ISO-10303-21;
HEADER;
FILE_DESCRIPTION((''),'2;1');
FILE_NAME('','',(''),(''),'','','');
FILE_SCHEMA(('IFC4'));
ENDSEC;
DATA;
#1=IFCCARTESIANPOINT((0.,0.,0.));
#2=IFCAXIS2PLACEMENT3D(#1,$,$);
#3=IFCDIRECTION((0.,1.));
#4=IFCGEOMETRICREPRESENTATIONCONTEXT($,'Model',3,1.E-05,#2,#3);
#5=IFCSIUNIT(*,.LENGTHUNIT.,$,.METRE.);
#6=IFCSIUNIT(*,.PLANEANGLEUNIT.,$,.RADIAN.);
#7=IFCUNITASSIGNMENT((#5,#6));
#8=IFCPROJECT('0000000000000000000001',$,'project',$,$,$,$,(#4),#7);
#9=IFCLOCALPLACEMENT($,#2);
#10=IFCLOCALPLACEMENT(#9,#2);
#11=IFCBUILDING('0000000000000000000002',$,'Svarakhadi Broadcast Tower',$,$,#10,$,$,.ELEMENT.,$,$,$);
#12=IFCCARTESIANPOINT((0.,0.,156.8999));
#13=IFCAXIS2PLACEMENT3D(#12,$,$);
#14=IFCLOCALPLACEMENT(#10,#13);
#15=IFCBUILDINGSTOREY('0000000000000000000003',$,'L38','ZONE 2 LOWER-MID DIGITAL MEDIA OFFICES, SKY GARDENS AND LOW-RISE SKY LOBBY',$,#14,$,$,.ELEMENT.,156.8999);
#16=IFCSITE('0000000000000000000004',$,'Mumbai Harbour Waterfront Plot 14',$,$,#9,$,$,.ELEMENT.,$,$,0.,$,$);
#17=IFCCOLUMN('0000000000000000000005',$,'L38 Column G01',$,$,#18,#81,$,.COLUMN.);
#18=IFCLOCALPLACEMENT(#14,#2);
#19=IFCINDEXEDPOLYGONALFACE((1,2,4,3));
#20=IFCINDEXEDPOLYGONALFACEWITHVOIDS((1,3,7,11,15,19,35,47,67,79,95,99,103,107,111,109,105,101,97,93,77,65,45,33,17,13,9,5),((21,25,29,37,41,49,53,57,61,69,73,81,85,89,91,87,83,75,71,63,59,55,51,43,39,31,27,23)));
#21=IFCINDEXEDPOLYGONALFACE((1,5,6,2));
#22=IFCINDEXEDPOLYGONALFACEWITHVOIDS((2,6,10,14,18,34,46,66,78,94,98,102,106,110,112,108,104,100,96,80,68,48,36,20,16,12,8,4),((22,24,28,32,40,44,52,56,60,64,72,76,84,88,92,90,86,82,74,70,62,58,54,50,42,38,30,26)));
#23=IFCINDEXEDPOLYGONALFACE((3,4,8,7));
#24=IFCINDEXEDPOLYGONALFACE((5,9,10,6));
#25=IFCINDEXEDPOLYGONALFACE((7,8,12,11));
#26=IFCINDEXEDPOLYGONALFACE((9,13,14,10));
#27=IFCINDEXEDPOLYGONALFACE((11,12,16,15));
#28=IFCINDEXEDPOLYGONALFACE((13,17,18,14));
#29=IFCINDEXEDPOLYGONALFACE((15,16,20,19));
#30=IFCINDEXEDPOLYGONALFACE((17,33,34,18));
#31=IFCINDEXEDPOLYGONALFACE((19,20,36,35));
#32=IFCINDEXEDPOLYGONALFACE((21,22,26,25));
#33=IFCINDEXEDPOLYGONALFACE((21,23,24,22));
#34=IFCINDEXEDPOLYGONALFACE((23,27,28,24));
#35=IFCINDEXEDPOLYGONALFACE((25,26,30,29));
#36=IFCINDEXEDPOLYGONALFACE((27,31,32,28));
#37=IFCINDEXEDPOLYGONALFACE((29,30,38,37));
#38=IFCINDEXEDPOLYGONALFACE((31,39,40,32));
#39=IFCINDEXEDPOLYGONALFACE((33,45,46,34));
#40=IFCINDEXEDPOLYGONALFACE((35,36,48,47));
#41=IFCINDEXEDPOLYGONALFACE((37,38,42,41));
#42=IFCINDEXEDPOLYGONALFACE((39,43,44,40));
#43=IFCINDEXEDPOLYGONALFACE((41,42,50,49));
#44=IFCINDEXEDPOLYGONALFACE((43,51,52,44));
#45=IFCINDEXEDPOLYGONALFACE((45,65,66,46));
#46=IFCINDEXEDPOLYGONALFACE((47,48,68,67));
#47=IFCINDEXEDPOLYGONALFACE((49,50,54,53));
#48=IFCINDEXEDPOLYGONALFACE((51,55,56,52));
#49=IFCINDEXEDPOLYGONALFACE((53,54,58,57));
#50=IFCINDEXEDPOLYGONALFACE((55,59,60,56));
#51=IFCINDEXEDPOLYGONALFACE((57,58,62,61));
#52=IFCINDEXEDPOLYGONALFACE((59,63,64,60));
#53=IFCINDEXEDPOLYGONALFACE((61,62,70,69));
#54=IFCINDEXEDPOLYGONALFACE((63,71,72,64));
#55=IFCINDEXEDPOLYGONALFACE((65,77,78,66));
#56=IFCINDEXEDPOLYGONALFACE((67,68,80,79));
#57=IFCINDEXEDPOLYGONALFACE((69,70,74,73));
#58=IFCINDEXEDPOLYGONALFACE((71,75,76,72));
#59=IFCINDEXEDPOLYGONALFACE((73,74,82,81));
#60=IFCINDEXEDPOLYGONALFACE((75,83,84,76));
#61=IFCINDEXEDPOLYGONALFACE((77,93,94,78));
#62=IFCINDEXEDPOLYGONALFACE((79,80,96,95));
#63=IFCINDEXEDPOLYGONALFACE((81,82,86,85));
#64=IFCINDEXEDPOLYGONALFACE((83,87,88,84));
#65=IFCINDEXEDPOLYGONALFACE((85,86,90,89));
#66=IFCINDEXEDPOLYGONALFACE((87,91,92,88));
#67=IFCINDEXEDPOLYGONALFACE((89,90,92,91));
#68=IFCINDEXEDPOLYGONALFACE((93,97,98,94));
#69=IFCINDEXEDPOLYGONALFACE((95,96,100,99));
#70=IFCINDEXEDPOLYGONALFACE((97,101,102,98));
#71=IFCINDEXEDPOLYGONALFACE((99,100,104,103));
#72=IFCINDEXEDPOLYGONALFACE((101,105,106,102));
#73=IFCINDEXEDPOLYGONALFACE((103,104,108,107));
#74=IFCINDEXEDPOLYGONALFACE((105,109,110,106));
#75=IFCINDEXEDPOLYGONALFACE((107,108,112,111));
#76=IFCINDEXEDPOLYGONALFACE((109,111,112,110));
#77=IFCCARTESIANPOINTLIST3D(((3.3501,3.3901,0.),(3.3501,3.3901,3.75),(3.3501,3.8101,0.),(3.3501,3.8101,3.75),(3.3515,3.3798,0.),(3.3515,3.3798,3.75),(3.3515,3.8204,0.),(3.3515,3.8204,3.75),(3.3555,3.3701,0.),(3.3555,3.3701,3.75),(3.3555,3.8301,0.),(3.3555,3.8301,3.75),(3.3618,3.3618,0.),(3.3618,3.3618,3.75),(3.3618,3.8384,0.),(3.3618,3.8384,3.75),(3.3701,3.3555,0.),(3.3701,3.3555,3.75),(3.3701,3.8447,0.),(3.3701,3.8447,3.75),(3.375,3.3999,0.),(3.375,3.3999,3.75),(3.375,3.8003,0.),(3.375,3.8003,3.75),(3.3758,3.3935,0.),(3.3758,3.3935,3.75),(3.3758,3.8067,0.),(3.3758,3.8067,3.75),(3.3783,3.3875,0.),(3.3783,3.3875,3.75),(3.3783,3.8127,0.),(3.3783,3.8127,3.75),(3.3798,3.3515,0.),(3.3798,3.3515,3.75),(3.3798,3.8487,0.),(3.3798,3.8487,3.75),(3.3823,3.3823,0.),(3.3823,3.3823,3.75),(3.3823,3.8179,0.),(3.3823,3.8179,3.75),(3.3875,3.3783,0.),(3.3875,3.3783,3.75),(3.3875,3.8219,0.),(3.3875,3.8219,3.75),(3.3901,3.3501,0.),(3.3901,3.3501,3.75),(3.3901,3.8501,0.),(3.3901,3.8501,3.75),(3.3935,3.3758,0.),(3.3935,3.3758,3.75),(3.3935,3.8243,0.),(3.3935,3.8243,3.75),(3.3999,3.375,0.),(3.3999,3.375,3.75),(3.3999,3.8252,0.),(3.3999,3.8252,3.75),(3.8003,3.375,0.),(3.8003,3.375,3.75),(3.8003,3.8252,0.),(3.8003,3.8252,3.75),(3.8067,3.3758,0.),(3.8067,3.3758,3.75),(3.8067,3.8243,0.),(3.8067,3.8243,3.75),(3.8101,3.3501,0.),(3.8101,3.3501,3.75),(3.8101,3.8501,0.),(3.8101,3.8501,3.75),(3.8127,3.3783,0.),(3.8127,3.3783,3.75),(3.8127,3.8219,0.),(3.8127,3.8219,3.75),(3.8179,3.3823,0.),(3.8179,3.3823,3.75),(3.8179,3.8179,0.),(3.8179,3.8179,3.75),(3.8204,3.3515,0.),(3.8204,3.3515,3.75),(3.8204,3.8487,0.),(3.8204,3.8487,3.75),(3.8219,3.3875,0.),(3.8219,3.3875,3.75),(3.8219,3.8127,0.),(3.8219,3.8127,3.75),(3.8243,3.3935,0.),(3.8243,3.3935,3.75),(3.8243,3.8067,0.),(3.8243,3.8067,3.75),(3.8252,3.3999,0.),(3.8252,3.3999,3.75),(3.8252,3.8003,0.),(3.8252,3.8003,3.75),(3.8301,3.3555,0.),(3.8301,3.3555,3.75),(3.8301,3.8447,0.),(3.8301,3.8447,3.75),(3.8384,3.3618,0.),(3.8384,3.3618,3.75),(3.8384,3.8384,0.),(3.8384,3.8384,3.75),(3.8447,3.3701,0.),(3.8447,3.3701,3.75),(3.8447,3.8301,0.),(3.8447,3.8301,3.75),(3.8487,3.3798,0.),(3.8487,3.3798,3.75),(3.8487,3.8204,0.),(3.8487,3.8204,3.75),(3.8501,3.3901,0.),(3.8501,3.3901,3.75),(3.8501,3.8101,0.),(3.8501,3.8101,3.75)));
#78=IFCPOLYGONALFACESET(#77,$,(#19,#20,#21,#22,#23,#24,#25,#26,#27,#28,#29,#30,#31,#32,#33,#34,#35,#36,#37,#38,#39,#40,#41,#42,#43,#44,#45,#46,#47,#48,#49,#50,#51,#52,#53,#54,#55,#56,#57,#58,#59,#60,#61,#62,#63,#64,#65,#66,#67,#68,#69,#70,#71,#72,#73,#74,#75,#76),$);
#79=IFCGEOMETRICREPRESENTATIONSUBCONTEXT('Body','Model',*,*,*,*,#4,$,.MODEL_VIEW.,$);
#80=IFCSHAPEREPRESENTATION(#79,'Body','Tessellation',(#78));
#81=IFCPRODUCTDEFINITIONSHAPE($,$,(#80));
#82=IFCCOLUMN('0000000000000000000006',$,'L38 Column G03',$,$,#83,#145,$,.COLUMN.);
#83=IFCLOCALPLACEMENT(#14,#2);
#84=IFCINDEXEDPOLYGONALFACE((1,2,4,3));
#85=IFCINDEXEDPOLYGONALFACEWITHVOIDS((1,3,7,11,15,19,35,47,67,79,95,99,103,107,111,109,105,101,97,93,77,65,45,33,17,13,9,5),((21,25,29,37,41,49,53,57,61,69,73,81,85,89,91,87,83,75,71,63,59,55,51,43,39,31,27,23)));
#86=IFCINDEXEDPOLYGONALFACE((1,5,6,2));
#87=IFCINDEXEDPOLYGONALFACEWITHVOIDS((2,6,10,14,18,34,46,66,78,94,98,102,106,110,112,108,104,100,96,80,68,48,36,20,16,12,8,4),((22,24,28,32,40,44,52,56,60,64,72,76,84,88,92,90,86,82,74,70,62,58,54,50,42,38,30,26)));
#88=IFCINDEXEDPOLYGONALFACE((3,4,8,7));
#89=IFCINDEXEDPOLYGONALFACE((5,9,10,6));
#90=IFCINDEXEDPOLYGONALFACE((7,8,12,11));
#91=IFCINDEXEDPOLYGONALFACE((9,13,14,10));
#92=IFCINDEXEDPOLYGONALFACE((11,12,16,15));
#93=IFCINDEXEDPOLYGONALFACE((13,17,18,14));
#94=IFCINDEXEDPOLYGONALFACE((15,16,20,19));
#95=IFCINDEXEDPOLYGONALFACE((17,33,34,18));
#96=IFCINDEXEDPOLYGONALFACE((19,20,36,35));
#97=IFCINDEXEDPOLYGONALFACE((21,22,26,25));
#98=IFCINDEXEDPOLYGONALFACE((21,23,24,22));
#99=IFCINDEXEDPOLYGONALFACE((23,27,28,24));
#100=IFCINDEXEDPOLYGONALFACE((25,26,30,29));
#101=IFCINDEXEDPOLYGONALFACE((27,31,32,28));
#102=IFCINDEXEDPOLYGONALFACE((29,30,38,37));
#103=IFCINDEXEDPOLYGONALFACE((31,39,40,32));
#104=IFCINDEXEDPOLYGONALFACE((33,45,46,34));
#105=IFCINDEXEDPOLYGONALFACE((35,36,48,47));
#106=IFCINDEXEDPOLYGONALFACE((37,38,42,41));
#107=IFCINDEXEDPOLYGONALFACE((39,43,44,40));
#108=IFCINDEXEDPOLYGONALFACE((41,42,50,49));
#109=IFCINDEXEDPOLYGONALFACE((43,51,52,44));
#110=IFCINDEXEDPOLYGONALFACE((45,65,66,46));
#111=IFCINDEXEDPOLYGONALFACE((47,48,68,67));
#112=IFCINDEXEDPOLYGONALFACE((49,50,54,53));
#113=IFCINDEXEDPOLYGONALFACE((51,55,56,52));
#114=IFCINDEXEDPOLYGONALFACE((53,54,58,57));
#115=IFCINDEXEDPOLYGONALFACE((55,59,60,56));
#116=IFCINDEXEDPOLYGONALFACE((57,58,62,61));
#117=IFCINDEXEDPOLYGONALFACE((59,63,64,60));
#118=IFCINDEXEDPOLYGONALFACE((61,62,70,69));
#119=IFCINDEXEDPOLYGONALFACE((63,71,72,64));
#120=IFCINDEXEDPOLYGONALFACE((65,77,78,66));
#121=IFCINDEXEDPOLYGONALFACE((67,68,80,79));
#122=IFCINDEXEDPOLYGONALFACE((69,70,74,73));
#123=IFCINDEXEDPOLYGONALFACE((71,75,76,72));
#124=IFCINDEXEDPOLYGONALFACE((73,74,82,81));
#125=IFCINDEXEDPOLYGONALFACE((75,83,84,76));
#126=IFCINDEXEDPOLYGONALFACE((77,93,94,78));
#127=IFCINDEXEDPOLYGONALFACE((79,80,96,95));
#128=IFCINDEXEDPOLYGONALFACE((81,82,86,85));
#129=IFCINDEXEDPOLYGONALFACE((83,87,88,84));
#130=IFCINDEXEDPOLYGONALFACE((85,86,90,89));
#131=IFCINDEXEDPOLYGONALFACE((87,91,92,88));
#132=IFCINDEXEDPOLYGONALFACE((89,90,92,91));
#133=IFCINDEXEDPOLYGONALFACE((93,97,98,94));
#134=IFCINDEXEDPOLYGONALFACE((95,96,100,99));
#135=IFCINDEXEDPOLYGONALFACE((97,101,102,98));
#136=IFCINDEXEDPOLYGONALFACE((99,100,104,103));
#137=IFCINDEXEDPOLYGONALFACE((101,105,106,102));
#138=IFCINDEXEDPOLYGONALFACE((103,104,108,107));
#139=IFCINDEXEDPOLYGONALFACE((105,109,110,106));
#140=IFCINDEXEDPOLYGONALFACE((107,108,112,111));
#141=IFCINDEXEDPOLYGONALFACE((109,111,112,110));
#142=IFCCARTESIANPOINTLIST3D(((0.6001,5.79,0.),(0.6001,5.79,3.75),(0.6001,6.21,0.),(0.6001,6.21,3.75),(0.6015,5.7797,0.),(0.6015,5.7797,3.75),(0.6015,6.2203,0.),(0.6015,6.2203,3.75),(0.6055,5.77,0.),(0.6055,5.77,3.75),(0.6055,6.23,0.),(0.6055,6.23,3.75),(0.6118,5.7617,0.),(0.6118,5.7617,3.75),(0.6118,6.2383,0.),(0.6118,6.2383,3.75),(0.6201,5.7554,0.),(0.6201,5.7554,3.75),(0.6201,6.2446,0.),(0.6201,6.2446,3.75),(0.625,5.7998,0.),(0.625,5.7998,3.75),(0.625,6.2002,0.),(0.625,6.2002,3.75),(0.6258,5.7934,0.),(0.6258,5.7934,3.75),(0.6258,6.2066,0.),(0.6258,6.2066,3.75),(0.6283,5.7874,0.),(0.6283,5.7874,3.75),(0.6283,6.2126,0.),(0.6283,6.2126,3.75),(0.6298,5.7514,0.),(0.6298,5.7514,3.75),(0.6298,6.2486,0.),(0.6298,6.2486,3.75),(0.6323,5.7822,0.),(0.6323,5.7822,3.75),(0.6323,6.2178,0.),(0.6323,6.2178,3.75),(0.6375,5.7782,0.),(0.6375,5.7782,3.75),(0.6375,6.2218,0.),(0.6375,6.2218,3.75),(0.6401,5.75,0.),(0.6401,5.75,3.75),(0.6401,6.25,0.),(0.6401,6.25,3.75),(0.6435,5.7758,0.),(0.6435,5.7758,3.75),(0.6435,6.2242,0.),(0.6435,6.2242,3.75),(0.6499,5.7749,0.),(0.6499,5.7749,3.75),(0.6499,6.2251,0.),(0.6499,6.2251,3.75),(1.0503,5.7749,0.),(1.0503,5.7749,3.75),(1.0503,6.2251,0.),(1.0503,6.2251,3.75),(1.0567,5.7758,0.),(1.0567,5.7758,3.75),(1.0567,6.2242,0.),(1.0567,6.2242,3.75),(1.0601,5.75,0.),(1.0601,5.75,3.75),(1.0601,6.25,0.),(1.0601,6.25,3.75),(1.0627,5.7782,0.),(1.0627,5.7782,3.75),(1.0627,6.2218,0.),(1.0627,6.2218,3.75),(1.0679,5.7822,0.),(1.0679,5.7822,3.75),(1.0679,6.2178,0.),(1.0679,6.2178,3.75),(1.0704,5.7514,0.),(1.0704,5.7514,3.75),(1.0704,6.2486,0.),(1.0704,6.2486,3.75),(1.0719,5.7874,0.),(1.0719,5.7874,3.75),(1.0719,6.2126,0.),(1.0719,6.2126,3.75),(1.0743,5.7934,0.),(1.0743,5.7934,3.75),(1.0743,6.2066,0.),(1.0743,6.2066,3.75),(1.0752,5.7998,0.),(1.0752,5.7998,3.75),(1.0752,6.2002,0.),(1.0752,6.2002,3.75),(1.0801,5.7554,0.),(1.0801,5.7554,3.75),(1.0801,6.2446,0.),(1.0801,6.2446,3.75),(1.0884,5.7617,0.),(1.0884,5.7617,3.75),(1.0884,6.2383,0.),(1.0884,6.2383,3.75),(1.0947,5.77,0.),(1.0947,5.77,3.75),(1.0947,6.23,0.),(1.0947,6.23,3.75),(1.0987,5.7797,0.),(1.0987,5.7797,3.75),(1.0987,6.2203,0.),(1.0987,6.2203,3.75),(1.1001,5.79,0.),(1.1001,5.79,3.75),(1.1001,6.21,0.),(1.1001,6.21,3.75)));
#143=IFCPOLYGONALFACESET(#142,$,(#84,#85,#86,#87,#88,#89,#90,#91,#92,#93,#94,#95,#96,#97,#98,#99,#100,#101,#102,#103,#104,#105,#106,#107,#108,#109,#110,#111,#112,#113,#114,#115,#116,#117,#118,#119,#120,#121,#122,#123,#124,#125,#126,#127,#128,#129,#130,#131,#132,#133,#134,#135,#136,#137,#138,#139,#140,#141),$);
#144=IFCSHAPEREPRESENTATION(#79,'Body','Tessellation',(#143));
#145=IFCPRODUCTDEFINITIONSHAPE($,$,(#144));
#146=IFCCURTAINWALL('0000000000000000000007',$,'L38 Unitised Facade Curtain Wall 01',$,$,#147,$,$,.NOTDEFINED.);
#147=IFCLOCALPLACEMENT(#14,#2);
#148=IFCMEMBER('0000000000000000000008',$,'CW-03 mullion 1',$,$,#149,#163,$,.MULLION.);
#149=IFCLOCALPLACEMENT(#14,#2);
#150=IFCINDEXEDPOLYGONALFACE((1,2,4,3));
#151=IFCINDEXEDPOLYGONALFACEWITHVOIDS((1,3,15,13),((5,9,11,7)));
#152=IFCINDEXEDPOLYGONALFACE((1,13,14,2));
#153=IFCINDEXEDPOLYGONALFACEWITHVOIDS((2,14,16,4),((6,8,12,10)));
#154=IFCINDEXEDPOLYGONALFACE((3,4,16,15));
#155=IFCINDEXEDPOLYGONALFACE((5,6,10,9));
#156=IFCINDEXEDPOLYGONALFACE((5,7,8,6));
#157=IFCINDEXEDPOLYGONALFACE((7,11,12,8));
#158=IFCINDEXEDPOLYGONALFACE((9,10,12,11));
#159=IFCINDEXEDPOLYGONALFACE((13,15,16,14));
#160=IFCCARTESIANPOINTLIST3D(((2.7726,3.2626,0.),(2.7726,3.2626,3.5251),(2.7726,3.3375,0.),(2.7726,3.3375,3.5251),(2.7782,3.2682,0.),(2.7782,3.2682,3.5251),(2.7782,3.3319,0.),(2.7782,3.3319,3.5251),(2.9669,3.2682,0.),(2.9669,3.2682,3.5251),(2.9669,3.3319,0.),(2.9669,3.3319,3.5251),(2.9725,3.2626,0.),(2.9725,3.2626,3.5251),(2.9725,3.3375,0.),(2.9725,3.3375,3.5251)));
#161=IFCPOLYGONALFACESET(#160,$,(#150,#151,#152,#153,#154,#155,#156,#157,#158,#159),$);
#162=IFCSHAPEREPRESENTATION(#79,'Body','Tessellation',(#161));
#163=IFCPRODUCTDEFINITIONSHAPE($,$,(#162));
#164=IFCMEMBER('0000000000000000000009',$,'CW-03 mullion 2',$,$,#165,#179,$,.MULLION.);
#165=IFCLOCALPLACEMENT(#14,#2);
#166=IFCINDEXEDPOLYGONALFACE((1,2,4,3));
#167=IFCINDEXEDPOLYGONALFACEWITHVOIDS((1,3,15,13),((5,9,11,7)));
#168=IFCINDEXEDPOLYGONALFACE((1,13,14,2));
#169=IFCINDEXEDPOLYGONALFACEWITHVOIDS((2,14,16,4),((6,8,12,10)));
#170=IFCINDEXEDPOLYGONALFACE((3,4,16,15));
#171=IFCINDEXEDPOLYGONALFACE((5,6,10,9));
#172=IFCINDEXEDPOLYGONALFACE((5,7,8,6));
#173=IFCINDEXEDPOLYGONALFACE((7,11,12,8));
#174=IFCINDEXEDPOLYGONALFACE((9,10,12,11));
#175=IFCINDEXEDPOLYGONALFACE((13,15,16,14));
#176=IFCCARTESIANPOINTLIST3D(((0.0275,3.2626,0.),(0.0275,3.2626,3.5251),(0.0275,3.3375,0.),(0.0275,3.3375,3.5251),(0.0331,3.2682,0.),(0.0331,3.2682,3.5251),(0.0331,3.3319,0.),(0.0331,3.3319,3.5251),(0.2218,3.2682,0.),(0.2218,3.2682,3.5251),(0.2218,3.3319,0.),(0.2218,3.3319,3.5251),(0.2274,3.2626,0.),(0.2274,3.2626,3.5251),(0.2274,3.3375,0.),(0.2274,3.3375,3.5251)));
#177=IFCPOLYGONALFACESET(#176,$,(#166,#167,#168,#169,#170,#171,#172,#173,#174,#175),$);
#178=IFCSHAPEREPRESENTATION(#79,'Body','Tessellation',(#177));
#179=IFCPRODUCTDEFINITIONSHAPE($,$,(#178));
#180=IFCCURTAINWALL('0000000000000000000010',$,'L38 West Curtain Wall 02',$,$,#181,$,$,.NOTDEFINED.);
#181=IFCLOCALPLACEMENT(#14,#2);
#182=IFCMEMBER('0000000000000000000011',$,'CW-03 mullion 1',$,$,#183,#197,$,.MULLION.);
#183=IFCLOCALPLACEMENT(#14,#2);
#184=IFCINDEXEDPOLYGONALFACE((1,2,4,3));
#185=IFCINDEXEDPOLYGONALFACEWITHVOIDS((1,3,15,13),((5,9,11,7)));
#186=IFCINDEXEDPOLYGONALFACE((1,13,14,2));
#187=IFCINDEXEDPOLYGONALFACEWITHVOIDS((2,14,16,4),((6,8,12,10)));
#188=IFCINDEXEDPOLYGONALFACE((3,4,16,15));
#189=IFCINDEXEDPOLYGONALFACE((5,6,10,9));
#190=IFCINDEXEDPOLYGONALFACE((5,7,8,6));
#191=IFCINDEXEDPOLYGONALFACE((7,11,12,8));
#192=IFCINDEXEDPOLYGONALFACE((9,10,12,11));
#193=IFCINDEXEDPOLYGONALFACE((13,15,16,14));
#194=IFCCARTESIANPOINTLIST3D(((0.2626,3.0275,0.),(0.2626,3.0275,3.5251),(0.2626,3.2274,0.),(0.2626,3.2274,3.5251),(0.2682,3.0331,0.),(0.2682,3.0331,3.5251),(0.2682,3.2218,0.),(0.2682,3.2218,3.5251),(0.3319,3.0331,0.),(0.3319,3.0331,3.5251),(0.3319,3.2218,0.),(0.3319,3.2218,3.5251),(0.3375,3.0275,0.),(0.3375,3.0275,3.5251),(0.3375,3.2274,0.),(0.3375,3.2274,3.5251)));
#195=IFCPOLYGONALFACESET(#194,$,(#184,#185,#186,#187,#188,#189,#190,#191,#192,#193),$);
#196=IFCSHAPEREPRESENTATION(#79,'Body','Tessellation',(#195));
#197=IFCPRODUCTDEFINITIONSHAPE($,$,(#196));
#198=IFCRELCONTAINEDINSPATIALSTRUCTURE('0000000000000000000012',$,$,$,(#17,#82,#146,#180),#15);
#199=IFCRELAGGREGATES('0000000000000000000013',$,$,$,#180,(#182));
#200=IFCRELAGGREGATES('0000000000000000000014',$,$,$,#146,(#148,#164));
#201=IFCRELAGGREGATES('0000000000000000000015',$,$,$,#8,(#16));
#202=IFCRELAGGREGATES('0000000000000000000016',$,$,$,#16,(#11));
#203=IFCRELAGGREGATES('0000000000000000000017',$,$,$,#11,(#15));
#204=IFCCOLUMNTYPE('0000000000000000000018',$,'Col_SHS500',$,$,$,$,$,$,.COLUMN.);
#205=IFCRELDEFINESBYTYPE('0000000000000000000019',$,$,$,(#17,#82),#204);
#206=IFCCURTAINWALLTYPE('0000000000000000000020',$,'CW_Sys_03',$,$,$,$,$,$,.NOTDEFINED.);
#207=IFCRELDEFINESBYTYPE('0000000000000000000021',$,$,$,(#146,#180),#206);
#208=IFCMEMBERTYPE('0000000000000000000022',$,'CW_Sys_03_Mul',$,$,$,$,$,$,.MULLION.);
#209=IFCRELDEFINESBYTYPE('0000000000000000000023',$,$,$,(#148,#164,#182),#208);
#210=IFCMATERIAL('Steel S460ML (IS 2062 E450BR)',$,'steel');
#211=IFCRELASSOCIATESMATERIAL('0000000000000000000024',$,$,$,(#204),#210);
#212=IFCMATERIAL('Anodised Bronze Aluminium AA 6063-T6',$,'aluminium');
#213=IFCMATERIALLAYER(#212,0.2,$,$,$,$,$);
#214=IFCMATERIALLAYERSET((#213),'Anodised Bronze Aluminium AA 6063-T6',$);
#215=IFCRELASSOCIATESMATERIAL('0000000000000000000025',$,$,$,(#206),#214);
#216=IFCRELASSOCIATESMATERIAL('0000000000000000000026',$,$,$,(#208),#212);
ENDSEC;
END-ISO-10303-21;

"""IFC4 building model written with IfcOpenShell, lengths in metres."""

from ifc_helpers import new_model, si_unit, direction, frame, origin, origin_2d, place, context, subcontext, project, spatial, hollow_rectangle, extrude, material, layer, layer_set, material_profile, profile_set, type_object, element, aggregate, save


model = new_model("IFC4")

# Units and contexts
model_context = context("Model", 3, precision=1e-05, world=origin(), true_north=direction((0.0, 1.0)))
body_context = subcontext(model_context, "Body", "Model", "MODEL_VIEW")
ifc_project = project(units=[si_unit("LENGTHUNIT", "METRE"), si_unit("PLANEANGLEUNIT", "RADIAN")], contexts=[model_context])

# Site, building, storey
site_placement = place(None, origin())
site = spatial("IfcSite", under=ifc_project, at=site_placement, Name="Mumbai Harbour Waterfront Plot 14", CompositionType="ELEMENT", RefElevation=0.0)
building_placement = place(site_placement, origin())
building = spatial("IfcBuilding", under=site, at=building_placement, Name="Svarakhadi Broadcast Tower", CompositionType="ELEMENT")
storey_placement = place(building_placement, frame((0.0, 0.0, 156.8999)))
storey = spatial("IfcBuildingStorey", under=building, at=storey_placement, Name="L38", Description="ZONE 2 LOWER-MID DIGITAL MEDIA OFFICES, SKY GARDENS AND LOW-RISE SKY LOBBY", CompositionType="ELEMENT", Elevation=156.8999)

# Columns
ifc_material_1 = material(Name="Steel S460ML (IS 2062 E450BR)", Category="steel")
ifc_material_profile_1 = material_profile(ifc_material_1, hollow_rectangle(XDim=0.5, YDim=0.5, WallThickness=0.0249, InnerFilletRadius=0.0249, OuterFilletRadius=0.04, at=origin_2d()), Name="SHS 500x500x25")
ifc_profile_set_1 = profile_set([ifc_material_profile_1], Name="Steel S460ML (IS 2062 E450BR)")
column_type = type_object("IfcColumnType", Name="Col_SHS500", PredefinedType="COLUMN", material=ifc_profile_set_1)
for number, where, z_axis, x_axis, name in (
    (1, (3.6001, 3.6001, 0.0), (0.0, 0.0, 1.0), (1.0, 0.0, 0.0), "L38 Column G01"),
    (2, (0.8501, 6.0, 0.0), (0.0, 0.0, 1.0), (1.0, 0.0, 0.0), "L38 Column G03"),
):
    element("IfcColumn", number, at=place(storey_placement, frame(where, z_axis=z_axis, x_axis=x_axis)), inside=storey, type_object=column_type, Name=name, PredefinedType="COLUMN", context=body_context, shape_type="SweptSolid", body=[
        extrude(hollow_rectangle(XDim=0.5, YDim=0.5, WallThickness=0.0249, InnerFilletRadius=0.0249, OuterFilletRadius=0.04, at=origin_2d()), origin(), (0.0, 0.0, 1.0), 3.75),
    ])

# Curtain wall, members
ifc_material_2 = material(Name="Anodised Bronze Aluminium AA 6063-T6", Category="aluminium")
ifc_layer_1 = layer(ifc_material_2, 0.2)
ifc_layer_set_1 = layer_set([ifc_layer_1], Name="Anodised Bronze Aluminium AA 6063-T6")
curtain_wall_type = type_object("IfcCurtainWallType", Name="CW_Sys_03", PredefinedType="NOTDEFINED", material=ifc_layer_set_1)
curtain_wall_1_placement = place(storey_placement, origin())
curtain_wall_1 = element("IfcCurtainWall", 3, at=curtain_wall_1_placement, inside=storey, type_object=curtain_wall_type, Name="L38 Unitised Facade Curtain Wall 01", PredefinedType="NOTDEFINED")
ifc_material_profile_2 = material_profile(ifc_material_2, hollow_rectangle(XDim=0.075, YDim=0.2, WallThickness=0.0056, at=origin_2d()), Name="ALU MULLION 200x75x6")
ifc_profile_set_2 = profile_set([ifc_material_profile_2], Name="Anodised Bronze Aluminium AA 6063-T6")
member_type_1 = type_object("IfcMemberType", Name="CW_Sys_03_Mul", PredefinedType="MULLION", material=ifc_profile_set_2)
member_1_placement = place(storey_placement, frame((2.8726, 3.3, 0.0), z_axis=(0.0, 0.0, 1.0), x_axis=(0.0, -1.0, 0.0)))
member_1 = element("IfcMember", 4, at=member_1_placement, type_object=member_type_1, Name="CW-03 mullion 1", PredefinedType="MULLION", context=body_context, shape_type="SweptSolid", body=[
    extrude(hollow_rectangle(XDim=0.075, YDim=0.2, WallThickness=0.0056, at=origin_2d()), origin(), (0.0, 0.0, 1.0), 3.5251),
])
member_2_placement = place(storey_placement, frame((0.1274, 3.3, 0.0), z_axis=(0.0, 0.0, 1.0), x_axis=(0.0, -1.0, 0.0)))
member_2 = element("IfcMember", 5, at=member_2_placement, type_object=member_type_1, Name="CW-03 mullion 2", PredefinedType="MULLION", context=body_context, shape_type="SweptSolid", body=[
    extrude(hollow_rectangle(XDim=0.075, YDim=0.2, WallThickness=0.0056, at=origin_2d()), origin(), (0.0, 0.0, 1.0), 3.5251),
])

# Curtain wall, member
curtain_wall_2_placement = place(storey_placement, origin())
curtain_wall_2 = element("IfcCurtainWall", 6, at=curtain_wall_2_placement, inside=storey, type_object=curtain_wall_type, Name="L38 West Curtain Wall 02", PredefinedType="NOTDEFINED")
member_3_placement = place(storey_placement, frame((0.3, 3.1274, 0.0), z_axis=(0.0, 0.0, 1.0), x_axis=(-1.0, 0.0, 0.0)))
member_3 = element("IfcMember", 7, at=member_3_placement, type_object=member_type_1, Name="CW-03 mullion 1", PredefinedType="MULLION", context=body_context, shape_type="SweptSolid", body=[
    extrude(hollow_rectangle(XDim=0.075, YDim=0.2, WallThickness=0.0056, at=origin_2d()), origin(), (0.0, 0.0, 1.0), 3.5251),
])

aggregate(curtain_wall_2, [member_3])

aggregate(curtain_wall_1, [member_1, member_2])

save(model, "model.ifc")
